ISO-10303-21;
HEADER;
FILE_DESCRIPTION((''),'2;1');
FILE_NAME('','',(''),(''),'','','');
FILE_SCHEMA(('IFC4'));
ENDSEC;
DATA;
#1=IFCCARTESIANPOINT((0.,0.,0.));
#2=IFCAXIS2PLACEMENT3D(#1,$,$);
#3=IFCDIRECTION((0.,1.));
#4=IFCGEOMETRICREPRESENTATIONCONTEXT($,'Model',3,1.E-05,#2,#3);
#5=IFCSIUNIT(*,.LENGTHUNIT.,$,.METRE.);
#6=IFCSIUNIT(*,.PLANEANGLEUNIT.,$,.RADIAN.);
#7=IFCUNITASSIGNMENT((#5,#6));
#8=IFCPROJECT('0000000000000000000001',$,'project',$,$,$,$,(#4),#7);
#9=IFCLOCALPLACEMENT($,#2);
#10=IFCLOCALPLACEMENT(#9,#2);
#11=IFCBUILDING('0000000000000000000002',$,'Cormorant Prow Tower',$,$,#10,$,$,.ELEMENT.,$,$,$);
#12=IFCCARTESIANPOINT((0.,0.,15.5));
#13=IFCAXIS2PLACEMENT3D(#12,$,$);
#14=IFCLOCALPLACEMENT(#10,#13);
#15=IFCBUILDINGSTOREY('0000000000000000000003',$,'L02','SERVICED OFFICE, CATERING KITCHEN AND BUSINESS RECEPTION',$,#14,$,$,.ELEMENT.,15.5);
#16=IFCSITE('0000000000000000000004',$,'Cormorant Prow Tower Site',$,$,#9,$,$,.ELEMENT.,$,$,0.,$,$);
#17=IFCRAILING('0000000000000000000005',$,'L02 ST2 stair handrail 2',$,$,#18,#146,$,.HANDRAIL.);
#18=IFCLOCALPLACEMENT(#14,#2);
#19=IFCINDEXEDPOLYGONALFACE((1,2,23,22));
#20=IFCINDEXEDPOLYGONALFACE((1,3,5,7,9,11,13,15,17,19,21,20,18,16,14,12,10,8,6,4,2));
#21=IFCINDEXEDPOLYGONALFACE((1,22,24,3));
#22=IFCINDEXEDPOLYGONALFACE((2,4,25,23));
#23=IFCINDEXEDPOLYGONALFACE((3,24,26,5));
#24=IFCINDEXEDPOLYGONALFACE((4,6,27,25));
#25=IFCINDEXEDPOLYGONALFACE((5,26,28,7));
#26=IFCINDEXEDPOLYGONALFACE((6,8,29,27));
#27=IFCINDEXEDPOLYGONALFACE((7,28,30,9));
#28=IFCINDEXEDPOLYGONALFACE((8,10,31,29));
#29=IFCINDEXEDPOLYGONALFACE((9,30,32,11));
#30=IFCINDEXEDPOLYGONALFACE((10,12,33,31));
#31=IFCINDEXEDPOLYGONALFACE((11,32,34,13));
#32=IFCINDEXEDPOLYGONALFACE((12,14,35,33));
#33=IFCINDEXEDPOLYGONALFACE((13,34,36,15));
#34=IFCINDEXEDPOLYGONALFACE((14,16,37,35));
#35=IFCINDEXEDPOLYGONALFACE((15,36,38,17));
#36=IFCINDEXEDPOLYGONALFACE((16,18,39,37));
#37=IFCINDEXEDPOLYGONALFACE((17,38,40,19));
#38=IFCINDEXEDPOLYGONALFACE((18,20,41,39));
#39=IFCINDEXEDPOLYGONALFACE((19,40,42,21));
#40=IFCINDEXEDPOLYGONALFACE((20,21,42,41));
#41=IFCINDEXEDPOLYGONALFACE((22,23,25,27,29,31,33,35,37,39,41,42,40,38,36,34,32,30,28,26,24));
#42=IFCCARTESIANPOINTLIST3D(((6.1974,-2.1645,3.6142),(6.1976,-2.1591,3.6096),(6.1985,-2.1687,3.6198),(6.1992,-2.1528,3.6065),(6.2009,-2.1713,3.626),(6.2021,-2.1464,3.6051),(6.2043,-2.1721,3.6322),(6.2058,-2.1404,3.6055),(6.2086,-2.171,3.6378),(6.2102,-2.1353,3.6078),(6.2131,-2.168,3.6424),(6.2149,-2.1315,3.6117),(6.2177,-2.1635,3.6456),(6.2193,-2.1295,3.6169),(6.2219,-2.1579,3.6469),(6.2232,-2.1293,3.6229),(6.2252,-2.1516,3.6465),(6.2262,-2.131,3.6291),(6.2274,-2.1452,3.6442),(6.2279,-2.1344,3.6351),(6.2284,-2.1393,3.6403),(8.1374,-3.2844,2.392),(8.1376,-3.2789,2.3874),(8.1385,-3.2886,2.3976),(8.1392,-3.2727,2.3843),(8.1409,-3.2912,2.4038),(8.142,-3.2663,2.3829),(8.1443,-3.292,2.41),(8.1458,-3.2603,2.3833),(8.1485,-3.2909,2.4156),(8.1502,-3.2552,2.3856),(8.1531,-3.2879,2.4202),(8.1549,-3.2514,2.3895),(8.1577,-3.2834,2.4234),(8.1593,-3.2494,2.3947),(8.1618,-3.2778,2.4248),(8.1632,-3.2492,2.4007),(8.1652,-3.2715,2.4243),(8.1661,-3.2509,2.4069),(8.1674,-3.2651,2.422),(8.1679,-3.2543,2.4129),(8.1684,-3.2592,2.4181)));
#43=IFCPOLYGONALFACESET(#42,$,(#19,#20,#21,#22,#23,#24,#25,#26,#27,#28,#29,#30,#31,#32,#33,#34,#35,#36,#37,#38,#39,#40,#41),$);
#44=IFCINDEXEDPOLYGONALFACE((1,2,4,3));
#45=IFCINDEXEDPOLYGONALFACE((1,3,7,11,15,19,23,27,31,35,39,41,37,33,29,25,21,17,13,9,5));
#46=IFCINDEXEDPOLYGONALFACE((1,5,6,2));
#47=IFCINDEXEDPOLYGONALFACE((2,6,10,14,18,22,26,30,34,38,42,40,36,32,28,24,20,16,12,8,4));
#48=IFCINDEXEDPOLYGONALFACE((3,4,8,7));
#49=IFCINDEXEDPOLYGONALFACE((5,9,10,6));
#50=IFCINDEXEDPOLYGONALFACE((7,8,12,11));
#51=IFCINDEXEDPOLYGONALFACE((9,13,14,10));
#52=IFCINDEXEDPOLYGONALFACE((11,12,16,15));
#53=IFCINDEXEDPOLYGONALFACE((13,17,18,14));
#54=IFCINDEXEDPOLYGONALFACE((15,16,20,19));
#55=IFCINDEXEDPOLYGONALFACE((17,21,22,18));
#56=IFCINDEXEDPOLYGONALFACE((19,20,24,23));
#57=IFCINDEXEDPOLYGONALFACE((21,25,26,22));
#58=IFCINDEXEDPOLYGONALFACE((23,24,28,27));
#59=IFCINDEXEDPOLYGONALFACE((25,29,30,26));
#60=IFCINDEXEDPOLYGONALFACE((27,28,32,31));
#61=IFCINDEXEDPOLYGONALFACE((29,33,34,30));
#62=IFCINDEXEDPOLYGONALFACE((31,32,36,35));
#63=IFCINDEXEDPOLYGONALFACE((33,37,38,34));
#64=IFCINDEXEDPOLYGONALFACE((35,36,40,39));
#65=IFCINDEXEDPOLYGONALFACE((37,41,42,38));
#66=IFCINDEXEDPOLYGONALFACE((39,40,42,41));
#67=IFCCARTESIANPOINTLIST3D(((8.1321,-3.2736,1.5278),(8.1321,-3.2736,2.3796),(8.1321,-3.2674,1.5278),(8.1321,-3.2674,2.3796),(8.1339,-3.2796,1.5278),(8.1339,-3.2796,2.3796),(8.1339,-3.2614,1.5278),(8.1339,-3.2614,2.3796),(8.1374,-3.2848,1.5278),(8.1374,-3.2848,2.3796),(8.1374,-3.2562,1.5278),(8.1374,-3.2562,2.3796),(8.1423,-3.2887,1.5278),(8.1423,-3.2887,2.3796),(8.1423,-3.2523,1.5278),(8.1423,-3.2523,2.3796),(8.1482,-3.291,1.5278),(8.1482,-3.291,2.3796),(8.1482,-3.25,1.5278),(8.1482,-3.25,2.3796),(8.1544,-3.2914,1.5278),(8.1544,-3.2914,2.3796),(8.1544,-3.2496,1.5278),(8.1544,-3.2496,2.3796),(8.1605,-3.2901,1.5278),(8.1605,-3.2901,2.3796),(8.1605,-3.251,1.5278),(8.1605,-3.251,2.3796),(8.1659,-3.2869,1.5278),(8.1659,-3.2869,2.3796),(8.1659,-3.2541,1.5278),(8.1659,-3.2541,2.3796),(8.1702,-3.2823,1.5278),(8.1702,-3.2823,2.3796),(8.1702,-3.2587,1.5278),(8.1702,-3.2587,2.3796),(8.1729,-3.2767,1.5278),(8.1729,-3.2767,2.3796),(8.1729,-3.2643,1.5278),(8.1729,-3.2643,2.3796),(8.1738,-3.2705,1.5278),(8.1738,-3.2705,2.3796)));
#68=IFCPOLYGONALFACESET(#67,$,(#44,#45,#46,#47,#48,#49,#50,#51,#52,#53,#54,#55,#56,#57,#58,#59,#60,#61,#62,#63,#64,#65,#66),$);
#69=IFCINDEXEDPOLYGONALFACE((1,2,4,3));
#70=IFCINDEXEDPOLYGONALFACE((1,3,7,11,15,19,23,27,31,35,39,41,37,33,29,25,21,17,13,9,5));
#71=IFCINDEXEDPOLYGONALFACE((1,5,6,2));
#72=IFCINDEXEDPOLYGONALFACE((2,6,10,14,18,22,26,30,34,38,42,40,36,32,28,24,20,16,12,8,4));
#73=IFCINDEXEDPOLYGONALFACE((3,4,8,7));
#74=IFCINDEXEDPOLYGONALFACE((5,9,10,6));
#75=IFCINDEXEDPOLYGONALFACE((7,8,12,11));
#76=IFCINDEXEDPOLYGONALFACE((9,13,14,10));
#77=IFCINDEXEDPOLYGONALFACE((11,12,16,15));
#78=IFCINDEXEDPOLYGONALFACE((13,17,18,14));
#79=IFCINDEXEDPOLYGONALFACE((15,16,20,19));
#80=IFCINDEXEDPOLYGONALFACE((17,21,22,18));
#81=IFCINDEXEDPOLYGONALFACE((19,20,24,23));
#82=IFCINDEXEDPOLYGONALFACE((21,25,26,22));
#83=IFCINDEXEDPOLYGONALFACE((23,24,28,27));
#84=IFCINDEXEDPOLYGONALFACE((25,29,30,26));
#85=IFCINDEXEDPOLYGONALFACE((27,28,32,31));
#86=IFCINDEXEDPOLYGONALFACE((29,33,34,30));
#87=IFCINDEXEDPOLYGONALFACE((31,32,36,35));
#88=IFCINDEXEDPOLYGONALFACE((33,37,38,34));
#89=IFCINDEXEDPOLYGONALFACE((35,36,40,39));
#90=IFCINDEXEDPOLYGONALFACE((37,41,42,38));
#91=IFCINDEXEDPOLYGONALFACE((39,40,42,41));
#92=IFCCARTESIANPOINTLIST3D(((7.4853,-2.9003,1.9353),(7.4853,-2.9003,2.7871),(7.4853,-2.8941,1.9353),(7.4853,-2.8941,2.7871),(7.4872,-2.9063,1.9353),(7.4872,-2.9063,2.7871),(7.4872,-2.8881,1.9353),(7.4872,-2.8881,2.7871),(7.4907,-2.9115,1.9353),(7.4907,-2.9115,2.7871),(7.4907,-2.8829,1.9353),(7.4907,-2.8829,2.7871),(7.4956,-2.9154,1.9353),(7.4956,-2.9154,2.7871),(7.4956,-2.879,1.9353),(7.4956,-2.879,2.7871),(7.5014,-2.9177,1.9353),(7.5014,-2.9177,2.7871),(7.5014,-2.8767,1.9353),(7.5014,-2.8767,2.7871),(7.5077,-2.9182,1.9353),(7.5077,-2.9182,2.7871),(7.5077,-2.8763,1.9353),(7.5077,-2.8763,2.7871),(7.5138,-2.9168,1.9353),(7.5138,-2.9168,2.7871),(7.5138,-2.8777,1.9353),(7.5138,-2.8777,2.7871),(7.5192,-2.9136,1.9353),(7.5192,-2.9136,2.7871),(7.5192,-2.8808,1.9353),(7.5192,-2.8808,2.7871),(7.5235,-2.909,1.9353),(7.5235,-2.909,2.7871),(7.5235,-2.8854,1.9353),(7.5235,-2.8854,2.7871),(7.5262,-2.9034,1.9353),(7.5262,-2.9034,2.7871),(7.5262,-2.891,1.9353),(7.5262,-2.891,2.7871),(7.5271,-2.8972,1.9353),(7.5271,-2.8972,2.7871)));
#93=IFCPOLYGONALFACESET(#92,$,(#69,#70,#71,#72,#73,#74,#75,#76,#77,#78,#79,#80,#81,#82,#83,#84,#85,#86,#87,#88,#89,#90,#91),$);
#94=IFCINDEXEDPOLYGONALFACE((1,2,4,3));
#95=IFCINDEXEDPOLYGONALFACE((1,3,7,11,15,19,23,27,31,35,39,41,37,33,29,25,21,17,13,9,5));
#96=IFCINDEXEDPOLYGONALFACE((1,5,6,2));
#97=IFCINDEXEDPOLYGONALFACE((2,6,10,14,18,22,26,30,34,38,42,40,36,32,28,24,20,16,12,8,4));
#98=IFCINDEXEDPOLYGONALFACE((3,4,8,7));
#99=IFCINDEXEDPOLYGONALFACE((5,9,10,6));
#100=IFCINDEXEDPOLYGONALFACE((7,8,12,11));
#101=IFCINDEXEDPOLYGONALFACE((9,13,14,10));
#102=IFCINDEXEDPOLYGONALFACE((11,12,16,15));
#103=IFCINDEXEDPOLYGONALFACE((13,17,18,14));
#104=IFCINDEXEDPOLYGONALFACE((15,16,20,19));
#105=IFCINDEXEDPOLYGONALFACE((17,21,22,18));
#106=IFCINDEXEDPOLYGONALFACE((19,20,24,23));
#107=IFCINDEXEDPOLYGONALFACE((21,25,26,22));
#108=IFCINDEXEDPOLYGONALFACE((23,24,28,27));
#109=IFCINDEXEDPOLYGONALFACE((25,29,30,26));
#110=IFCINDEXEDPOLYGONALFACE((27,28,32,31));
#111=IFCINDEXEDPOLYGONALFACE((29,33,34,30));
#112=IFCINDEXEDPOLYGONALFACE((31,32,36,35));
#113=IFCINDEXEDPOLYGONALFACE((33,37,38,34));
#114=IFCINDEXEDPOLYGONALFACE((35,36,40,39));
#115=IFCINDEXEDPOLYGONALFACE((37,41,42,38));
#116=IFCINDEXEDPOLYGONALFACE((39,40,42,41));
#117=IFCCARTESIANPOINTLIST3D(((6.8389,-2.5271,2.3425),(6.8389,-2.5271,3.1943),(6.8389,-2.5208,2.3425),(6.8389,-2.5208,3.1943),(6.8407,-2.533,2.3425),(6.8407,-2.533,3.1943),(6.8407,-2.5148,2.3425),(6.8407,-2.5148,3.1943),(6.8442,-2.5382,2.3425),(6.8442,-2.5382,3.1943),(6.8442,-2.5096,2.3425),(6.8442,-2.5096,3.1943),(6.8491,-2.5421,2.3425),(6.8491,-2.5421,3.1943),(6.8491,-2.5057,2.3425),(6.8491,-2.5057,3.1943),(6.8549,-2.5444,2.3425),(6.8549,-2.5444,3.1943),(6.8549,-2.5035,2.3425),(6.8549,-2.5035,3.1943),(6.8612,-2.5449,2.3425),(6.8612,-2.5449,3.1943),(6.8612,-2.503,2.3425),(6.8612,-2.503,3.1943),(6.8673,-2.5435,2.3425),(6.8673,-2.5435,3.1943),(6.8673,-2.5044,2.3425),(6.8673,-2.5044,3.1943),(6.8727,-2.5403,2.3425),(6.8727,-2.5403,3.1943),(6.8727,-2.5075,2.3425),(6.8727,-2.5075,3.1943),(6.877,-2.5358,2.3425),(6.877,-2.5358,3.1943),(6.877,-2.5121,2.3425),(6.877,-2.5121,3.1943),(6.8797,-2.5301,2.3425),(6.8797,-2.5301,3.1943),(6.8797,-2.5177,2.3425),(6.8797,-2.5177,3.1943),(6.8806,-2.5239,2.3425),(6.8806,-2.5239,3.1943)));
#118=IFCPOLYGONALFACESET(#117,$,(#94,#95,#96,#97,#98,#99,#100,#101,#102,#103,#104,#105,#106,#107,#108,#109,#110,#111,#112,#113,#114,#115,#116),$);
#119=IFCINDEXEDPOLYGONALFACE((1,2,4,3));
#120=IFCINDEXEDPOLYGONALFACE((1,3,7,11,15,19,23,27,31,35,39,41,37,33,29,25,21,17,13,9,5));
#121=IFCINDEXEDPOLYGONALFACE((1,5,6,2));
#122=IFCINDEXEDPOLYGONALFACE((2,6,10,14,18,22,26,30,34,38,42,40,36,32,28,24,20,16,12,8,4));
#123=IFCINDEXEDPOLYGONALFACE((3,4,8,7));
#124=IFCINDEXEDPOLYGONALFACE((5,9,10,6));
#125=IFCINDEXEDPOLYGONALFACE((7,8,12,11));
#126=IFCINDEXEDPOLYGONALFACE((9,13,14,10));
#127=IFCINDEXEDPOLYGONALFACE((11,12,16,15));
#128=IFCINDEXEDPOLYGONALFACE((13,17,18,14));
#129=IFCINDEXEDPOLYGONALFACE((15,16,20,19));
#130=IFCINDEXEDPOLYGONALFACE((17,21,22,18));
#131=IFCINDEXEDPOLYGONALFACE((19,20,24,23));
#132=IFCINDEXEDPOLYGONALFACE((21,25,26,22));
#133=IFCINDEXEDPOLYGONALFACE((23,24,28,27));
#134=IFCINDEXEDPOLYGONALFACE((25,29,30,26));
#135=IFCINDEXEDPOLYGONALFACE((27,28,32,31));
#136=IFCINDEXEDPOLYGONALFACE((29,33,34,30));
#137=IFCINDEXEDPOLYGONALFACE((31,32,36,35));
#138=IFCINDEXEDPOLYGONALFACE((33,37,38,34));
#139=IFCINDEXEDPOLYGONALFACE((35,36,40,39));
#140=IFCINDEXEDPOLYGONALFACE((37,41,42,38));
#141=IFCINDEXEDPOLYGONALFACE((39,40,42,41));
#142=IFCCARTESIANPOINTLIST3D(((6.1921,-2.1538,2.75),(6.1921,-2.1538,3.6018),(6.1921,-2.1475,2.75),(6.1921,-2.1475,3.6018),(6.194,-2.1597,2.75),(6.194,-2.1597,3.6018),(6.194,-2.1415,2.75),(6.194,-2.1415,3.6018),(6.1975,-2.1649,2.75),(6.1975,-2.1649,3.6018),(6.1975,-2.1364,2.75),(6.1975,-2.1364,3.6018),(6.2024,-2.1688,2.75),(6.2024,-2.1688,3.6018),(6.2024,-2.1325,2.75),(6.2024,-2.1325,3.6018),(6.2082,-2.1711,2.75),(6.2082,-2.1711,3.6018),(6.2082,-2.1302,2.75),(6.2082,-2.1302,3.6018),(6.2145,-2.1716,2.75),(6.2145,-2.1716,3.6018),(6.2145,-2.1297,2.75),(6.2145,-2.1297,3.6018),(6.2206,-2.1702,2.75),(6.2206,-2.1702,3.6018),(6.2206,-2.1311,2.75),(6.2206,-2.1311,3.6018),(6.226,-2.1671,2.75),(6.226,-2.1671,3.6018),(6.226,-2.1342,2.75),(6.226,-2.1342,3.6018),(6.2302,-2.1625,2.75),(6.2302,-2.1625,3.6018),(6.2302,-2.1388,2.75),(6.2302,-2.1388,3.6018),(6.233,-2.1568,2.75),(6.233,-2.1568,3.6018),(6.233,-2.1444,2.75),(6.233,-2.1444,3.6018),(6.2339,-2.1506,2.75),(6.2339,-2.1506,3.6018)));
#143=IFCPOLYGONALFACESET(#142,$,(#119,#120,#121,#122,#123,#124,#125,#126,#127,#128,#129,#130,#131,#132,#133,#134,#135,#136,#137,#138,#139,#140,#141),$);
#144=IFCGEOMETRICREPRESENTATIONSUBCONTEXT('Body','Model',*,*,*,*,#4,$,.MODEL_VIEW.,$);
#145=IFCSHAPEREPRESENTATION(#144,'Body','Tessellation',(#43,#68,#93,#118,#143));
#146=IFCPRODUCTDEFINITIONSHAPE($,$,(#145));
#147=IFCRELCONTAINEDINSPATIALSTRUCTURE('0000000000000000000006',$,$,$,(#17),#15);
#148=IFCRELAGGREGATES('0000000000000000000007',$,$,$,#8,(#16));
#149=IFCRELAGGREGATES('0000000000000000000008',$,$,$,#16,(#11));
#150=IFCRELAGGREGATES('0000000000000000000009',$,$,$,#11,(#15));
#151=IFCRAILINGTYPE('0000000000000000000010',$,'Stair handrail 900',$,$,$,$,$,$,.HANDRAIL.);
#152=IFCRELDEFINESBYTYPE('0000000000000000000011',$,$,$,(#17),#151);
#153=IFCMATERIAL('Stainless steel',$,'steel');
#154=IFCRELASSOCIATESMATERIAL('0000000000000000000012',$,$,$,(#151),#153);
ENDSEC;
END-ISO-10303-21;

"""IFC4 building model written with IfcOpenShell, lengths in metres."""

from ifc_helpers import new_model, si_unit, direction, frame, origin, origin_2d, place, context, subcontext, project, spatial, circle, extrude, material, type_object, element, save


model = new_model("IFC4")

# Units and contexts
model_context = context("Model", 3, precision=1e-05, world=origin(), true_north=direction((0.0, 1.0)))
body_context = subcontext(model_context, "Body", "Model", "MODEL_VIEW")
ifc_project = project(units=[si_unit("LENGTHUNIT", "METRE"), si_unit("PLANEANGLEUNIT", "RADIAN")], contexts=[model_context])

# Site, building, storey
site_placement = place(None, origin())
site = spatial("IfcSite", under=ifc_project, at=site_placement, Name="Cormorant Prow Tower Site", CompositionType="ELEMENT", RefElevation=0.0)
building_placement = place(site_placement, origin())
building = spatial("IfcBuilding", under=site, at=building_placement, Name="Cormorant Prow Tower", CompositionType="ELEMENT")
storey_placement = place(building_placement, frame((0.0, 0.0, 15.5)))
storey = spatial("IfcBuildingStorey", under=building, at=storey_placement, Name="L02", Description="SERVICED OFFICE, CATERING KITCHEN AND BUSINESS RECEPTION", CompositionType="ELEMENT", Elevation=15.5)

# Railing
ifc_material_1 = material(Name="Stainless steel", Category="steel")
railing_type_1 = type_object("IfcRailingType", Name="Stair handrail 900", PredefinedType="HANDRAIL", material=ifc_material_1)
for number, where, name in (
    (1, (8.1528, -3.2705, 1.5278), "L02 ST2 stair handrail 2"),
):
    element("IfcRailing", number, at=place(storey_placement, frame(where)), inside=storey, type_object=railing_type_1, Name=name, PredefinedType="HANDRAIL", context=body_context, shape_type="SweptSolid", body=[
        extrude(circle(Radius=0.0239, at=origin_2d()), frame((0.0, 0.0, 0.876), z_axis=(-0.760254, 0.438873, 0.478962), x_axis=(-0.499949, -0.866055, 0.0)), (0.0, 0.0, 1.0), 2.5518),
        extrude(circle(Radius=0.021, at=origin_2d()), origin(), (0.0, 0.0, 1.0), 0.8518),
        extrude(circle(Radius=0.021, at=origin_2d()), frame((-0.6467, 0.3733, 0.4075)), (0.0, 0.0, 1.0), 0.8518),
        extrude(circle(Radius=0.021, at=origin_2d()), frame((-1.2932, 0.7466, 0.8147)), (0.0, 0.0, 1.0), 0.8518),
        extrude(circle(Radius=0.021, at=origin_2d()), frame((-1.9399, 1.1199, 1.2222)), (0.0, 0.0, 1.0), 0.8518),
    ])

save(model, "model.ifc")
